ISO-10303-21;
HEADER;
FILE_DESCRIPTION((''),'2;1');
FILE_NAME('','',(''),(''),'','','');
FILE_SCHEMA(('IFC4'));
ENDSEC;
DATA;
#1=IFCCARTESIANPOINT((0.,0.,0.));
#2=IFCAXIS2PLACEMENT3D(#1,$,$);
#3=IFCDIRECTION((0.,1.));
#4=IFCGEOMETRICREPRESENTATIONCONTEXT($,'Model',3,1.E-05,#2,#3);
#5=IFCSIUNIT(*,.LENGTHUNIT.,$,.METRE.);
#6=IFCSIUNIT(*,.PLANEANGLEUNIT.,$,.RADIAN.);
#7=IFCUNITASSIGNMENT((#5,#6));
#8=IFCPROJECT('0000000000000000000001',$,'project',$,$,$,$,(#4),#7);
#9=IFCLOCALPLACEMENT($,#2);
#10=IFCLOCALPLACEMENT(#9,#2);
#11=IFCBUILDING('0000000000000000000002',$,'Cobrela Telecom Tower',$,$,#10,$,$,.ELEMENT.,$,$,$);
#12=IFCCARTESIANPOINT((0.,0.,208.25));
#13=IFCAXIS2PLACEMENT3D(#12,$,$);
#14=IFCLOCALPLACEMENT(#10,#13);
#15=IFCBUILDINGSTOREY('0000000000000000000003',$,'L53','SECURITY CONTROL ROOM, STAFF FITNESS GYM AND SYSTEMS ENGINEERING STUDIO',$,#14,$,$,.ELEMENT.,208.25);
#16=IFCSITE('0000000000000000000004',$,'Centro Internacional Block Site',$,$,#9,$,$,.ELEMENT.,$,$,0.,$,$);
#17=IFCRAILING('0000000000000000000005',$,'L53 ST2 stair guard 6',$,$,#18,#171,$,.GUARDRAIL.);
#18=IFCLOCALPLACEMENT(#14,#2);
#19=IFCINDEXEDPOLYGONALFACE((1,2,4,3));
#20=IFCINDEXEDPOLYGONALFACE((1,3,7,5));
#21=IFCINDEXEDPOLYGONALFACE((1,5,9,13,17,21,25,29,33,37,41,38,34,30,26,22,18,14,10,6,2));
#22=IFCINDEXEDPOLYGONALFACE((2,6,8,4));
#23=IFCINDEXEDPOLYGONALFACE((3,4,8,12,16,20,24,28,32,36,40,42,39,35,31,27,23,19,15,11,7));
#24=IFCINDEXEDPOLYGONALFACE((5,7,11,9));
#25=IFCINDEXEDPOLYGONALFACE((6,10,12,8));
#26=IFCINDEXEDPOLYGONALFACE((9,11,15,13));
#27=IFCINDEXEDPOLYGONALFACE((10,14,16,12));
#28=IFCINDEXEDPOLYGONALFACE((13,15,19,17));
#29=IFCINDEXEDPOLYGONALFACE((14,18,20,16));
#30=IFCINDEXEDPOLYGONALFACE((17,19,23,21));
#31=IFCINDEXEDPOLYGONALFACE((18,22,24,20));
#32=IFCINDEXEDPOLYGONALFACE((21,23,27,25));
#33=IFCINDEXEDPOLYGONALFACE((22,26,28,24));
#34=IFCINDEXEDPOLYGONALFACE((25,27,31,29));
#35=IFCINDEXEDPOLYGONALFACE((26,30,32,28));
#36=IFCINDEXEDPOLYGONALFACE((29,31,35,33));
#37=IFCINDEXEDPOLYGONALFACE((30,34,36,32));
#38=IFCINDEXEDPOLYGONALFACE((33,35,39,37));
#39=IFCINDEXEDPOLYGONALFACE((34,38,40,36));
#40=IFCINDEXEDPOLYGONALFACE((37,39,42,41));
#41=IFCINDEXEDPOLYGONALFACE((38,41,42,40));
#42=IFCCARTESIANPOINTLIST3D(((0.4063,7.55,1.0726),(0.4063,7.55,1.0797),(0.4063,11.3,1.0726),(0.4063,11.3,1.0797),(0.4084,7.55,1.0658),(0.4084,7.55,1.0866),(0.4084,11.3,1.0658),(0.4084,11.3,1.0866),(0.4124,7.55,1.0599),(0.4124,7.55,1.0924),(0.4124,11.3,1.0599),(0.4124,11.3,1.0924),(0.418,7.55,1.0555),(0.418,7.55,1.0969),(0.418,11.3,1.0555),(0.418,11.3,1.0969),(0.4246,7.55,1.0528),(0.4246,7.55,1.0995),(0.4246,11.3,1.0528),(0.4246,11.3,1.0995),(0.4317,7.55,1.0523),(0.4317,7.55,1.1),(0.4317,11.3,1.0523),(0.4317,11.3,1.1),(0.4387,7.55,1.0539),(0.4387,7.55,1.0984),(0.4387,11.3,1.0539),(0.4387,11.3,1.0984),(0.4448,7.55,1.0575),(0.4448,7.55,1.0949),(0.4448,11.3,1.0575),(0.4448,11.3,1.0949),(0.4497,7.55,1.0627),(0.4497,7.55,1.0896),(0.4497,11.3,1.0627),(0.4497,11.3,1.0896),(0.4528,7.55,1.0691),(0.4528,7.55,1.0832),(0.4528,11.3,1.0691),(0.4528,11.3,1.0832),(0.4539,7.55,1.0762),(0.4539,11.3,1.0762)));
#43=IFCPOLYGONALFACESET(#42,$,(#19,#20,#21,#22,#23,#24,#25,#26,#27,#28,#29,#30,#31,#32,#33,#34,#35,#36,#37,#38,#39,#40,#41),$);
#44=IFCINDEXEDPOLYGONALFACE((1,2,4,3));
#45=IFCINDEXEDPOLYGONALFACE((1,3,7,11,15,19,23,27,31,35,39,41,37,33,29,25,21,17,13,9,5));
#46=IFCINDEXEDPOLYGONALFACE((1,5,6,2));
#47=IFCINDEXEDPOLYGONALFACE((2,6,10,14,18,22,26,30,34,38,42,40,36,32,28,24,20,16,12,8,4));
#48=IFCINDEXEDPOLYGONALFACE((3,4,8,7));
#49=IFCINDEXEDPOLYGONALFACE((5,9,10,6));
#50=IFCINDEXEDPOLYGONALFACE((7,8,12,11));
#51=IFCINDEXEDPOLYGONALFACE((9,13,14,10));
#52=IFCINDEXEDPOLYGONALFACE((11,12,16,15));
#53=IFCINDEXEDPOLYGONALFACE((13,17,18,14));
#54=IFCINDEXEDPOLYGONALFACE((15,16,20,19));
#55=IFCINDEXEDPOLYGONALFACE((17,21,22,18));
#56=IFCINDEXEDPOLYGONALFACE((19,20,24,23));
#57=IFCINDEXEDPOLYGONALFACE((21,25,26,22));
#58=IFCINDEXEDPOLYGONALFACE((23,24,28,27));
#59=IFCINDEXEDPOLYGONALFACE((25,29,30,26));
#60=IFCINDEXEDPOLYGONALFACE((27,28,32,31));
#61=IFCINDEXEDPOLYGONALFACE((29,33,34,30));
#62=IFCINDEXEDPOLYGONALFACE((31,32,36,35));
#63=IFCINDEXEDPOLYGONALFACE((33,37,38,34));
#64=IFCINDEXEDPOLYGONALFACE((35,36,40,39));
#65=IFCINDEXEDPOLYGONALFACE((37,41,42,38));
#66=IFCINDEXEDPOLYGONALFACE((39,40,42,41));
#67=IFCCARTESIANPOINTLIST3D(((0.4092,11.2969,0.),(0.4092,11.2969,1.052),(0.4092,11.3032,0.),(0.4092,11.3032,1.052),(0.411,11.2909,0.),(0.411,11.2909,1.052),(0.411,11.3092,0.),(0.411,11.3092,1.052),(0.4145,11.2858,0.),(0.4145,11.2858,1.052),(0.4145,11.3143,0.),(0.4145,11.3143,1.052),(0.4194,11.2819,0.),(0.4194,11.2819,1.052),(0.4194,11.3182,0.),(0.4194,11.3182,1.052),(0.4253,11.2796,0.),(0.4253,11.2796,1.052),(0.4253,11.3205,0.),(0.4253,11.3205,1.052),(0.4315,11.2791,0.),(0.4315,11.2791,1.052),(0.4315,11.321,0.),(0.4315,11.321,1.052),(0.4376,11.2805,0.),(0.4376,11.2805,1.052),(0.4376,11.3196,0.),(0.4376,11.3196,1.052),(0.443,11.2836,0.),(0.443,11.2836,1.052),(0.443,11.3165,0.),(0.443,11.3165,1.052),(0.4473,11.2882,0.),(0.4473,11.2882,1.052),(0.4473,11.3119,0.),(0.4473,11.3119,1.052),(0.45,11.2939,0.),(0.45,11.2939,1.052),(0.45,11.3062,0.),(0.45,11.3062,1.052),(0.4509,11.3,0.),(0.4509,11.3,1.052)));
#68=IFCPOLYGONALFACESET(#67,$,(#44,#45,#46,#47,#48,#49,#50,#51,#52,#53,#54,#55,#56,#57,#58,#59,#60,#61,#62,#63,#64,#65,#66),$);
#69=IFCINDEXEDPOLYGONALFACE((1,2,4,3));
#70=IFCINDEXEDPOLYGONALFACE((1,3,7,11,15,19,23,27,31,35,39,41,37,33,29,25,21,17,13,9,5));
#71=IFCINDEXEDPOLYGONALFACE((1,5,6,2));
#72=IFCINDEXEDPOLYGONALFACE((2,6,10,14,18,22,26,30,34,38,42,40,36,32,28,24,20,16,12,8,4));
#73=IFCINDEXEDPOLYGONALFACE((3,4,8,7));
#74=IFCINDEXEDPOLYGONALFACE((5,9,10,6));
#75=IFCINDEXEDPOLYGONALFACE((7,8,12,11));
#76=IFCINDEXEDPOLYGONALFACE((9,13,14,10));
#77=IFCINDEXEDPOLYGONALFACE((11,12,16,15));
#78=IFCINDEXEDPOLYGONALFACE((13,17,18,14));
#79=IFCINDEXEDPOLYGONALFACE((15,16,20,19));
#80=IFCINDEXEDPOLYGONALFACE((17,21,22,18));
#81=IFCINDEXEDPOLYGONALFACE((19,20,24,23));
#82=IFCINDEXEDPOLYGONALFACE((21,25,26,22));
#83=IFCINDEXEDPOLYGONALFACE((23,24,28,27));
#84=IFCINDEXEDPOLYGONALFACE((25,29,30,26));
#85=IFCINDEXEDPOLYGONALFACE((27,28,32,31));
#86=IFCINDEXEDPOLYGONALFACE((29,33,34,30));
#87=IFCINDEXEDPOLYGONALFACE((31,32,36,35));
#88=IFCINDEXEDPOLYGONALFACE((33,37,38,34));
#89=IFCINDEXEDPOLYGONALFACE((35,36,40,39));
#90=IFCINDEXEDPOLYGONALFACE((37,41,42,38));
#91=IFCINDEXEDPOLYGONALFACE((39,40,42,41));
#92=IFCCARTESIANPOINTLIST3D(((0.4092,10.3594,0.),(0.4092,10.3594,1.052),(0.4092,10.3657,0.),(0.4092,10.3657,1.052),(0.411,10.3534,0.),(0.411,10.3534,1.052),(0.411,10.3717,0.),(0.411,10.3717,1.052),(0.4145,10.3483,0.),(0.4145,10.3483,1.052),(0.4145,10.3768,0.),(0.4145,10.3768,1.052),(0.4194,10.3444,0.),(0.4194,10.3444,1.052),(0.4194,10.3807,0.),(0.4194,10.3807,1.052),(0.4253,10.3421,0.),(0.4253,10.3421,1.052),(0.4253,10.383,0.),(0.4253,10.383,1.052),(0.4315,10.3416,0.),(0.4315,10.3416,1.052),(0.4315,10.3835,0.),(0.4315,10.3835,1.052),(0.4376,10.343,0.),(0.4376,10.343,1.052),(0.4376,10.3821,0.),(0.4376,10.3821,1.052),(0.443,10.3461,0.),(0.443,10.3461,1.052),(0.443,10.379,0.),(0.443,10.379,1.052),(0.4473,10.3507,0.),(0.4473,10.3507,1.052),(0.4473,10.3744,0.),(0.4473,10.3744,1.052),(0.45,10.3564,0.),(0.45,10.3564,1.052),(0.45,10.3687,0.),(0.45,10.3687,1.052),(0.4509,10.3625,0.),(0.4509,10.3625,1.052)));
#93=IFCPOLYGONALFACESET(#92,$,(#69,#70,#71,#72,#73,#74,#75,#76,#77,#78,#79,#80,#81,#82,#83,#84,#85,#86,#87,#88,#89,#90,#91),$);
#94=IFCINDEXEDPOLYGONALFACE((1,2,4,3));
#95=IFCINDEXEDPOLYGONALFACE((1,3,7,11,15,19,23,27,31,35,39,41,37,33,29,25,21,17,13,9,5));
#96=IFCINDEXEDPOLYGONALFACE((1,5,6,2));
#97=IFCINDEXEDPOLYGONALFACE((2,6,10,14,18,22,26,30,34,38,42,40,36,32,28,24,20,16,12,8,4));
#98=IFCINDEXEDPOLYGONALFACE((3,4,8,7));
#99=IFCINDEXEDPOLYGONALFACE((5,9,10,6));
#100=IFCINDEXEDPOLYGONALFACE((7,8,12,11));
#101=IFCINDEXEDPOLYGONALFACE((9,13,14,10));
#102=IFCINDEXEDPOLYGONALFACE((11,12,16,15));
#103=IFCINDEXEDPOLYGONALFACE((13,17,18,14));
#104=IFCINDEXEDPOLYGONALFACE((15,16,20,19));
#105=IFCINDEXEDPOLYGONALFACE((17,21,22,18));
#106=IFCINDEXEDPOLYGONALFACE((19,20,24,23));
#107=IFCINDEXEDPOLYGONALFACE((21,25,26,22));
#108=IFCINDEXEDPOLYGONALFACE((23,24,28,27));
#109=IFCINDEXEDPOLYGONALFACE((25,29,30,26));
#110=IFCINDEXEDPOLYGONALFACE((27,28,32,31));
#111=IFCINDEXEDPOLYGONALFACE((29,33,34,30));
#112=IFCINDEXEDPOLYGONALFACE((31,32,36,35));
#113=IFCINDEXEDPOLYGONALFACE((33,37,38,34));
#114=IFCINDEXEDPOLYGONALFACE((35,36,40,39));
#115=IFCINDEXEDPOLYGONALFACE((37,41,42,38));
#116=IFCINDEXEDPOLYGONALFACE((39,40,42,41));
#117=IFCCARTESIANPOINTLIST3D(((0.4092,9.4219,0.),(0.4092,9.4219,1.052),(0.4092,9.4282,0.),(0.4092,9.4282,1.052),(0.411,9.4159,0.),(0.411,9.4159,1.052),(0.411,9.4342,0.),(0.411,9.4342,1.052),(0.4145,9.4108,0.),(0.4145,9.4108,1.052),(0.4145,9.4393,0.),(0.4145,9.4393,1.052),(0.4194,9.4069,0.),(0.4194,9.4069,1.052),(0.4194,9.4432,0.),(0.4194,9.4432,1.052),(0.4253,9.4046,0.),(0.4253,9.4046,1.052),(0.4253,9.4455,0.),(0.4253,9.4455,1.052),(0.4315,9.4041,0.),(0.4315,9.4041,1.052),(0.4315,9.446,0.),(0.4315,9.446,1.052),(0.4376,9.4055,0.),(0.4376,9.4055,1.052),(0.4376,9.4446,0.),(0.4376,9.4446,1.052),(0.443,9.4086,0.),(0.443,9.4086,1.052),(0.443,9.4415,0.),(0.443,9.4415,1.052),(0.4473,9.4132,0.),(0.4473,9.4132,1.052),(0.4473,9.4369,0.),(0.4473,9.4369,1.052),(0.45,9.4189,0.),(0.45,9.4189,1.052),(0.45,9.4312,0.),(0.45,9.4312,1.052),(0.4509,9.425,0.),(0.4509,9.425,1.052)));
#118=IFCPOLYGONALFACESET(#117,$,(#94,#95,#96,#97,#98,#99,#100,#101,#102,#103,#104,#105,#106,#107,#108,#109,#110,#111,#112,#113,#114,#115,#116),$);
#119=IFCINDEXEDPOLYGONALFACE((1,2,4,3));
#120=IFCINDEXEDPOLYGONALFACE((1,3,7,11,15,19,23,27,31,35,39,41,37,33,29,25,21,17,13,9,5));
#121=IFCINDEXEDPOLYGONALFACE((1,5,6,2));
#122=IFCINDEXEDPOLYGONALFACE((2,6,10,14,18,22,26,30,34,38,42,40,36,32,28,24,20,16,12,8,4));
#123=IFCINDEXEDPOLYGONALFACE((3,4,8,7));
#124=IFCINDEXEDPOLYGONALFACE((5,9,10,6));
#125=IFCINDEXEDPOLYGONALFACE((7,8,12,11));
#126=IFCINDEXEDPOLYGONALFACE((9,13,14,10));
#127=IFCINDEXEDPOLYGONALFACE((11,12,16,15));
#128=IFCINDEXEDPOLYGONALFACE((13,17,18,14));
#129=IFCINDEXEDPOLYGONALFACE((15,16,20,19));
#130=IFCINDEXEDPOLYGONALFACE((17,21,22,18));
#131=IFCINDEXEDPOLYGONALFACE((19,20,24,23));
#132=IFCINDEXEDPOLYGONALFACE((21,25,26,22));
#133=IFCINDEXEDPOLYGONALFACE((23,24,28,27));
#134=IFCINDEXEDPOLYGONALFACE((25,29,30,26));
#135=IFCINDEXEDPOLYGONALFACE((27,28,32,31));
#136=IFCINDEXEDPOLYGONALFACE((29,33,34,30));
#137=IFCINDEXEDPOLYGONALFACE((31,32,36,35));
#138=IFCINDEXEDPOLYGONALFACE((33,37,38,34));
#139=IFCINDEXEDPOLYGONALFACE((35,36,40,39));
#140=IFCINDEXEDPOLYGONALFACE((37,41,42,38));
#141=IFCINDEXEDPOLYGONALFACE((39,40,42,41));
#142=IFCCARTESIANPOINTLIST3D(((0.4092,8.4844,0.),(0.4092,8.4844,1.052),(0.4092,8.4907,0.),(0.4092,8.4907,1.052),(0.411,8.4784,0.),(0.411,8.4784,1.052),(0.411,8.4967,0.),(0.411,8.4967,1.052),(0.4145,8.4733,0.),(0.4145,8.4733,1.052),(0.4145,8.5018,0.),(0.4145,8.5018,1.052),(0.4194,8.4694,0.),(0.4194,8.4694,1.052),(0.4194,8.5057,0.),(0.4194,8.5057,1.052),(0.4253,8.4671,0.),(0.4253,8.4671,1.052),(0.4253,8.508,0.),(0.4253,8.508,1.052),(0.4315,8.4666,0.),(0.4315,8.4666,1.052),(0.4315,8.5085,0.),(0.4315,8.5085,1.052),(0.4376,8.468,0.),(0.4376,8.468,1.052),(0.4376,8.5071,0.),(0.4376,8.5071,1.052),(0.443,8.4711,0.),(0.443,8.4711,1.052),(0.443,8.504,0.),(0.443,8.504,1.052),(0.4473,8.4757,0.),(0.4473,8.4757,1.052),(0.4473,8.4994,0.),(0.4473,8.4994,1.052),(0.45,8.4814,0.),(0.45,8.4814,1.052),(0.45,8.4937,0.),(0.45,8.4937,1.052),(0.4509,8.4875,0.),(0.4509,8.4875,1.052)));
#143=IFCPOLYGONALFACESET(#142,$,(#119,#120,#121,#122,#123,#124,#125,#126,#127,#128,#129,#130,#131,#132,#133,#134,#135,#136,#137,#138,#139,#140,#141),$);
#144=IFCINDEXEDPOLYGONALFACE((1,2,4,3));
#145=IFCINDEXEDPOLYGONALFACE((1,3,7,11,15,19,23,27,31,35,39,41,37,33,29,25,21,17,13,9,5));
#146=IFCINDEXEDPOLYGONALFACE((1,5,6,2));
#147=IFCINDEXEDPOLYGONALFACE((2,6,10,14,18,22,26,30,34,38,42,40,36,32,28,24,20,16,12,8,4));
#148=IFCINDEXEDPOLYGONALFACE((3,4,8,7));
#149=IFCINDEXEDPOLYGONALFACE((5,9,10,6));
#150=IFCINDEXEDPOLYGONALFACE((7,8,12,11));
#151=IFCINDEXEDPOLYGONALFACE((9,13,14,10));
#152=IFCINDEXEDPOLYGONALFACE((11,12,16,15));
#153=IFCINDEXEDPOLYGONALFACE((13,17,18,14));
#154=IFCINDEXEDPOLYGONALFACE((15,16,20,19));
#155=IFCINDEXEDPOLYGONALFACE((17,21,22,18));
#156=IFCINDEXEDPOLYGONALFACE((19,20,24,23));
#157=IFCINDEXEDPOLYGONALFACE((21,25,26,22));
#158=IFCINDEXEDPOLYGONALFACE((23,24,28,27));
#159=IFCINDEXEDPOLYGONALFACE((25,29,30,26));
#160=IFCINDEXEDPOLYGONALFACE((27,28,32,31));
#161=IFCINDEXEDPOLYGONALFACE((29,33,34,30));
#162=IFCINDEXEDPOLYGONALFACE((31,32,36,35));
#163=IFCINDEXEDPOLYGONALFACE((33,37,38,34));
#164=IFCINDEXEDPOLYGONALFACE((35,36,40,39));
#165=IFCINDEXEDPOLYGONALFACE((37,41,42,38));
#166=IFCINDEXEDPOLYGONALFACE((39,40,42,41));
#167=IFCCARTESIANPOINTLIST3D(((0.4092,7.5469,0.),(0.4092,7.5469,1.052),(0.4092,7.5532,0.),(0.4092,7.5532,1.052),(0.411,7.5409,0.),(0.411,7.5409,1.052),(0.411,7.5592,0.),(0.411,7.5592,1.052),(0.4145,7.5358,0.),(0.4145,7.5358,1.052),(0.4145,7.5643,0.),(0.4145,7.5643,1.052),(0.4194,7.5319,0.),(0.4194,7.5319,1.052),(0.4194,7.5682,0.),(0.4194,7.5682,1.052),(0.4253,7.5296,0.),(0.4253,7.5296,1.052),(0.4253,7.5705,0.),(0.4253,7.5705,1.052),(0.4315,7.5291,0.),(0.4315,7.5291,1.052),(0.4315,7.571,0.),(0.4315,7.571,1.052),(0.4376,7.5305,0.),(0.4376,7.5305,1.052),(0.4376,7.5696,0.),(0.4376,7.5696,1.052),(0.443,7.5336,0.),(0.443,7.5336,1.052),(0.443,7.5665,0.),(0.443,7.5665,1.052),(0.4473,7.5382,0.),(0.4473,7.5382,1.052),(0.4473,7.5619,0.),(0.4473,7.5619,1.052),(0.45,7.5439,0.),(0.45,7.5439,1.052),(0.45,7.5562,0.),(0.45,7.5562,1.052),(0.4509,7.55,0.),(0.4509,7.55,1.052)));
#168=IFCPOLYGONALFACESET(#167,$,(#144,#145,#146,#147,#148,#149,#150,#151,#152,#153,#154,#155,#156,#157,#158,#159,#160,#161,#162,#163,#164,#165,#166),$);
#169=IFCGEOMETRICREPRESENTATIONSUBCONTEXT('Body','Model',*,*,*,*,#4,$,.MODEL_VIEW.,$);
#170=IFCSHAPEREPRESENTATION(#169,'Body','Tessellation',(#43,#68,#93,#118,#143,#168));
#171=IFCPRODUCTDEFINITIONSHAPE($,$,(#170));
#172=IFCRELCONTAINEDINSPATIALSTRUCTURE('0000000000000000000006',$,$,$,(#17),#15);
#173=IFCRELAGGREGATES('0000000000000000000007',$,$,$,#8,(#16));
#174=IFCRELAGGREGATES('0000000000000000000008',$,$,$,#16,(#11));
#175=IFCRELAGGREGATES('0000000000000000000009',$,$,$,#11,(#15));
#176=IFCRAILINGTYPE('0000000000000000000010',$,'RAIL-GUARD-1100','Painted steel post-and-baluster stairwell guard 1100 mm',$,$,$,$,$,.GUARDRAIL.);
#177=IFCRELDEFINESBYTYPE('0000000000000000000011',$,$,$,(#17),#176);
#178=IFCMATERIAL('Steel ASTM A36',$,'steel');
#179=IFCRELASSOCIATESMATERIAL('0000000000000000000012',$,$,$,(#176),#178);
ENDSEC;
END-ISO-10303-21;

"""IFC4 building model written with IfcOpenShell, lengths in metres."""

from ifc_helpers import new_model, si_unit, direction, frame, origin, origin_2d, place, context, subcontext, project, spatial, circle, extrude, material, type_object, element, save


model = new_model("IFC4")

# Units and contexts
model_context = context("Model", 3, precision=1e-05, world=origin(), true_north=direction((0.0, 1.0)))
body_context = subcontext(model_context, "Body", "Model", "MODEL_VIEW")
ifc_project = project(units=[si_unit("LENGTHUNIT", "METRE"), si_unit("PLANEANGLEUNIT", "RADIAN")], contexts=[model_context])

# Site, building, storey
site_placement = place(None, origin())
site = spatial("IfcSite", under=ifc_project, at=site_placement, Name="Centro Internacional Block Site", CompositionType="ELEMENT", RefElevation=0.0)
building_placement = place(site_placement, origin())
building = spatial("IfcBuilding", under=site, at=building_placement, Name="Cobrela Telecom Tower", CompositionType="ELEMENT")
storey_placement = place(building_placement, frame((0.0, 0.0, 208.25)))
storey = spatial("IfcBuildingStorey", under=building, at=storey_placement, Name="L53", Description="SECURITY CONTROL ROOM, STAFF FITNESS GYM AND SYSTEMS ENGINEERING STUDIO", CompositionType="ELEMENT", Elevation=208.25)

# Shared definitions
ifc_material_1 = material(Name="Steel ASTM A36", Category="steel")

# Railing
railing_type = type_object("IfcRailingType", Name="RAIL-GUARD-1100", Description="Painted steel post-and-baluster stairwell guard 1100 mm", PredefinedType="GUARDRAIL", material=ifc_material_1)
railing_1_placement = place(storey_placement, frame((0.4299, 11.3, 0.0)))
element("IfcRailing", 1, at=railing_1_placement, inside=storey, type_object=railing_type, Name="L53 ST2 stair guard 6", PredefinedType="GUARDRAIL", context=body_context, shape_type="SweptSolid", body=[
    extrude(circle(Radius=0.0239, at=origin_2d()), frame((0.0, 0.0, 1.0762), z_axis=(0.0, -1.0, 0.0), x_axis=(1.0, 0.0, 0.0)), (0.0, 0.0, 1.0), 3.75),
    extrude(circle(Radius=0.021, at=origin_2d()), origin(), (0.0, 0.0, 1.0), 1.052),
    extrude(circle(Radius=0.021, at=origin_2d()), frame((0.0, -0.9375, 0.0)), (0.0, 0.0, 1.0), 1.052),
    extrude(circle(Radius=0.021, at=origin_2d()), frame((0.0, -1.875, 0.0)), (0.0, 0.0, 1.0), 1.052),
    extrude(circle(Radius=0.021, at=origin_2d()), frame((0.0, -2.8125, 0.0)), (0.0, 0.0, 1.0), 1.052),
    extrude(circle(Radius=0.021, at=origin_2d()), frame((0.0, -3.75, 0.0)), (0.0, 0.0, 1.0), 1.052),
])

save(model, "model.ifc")
